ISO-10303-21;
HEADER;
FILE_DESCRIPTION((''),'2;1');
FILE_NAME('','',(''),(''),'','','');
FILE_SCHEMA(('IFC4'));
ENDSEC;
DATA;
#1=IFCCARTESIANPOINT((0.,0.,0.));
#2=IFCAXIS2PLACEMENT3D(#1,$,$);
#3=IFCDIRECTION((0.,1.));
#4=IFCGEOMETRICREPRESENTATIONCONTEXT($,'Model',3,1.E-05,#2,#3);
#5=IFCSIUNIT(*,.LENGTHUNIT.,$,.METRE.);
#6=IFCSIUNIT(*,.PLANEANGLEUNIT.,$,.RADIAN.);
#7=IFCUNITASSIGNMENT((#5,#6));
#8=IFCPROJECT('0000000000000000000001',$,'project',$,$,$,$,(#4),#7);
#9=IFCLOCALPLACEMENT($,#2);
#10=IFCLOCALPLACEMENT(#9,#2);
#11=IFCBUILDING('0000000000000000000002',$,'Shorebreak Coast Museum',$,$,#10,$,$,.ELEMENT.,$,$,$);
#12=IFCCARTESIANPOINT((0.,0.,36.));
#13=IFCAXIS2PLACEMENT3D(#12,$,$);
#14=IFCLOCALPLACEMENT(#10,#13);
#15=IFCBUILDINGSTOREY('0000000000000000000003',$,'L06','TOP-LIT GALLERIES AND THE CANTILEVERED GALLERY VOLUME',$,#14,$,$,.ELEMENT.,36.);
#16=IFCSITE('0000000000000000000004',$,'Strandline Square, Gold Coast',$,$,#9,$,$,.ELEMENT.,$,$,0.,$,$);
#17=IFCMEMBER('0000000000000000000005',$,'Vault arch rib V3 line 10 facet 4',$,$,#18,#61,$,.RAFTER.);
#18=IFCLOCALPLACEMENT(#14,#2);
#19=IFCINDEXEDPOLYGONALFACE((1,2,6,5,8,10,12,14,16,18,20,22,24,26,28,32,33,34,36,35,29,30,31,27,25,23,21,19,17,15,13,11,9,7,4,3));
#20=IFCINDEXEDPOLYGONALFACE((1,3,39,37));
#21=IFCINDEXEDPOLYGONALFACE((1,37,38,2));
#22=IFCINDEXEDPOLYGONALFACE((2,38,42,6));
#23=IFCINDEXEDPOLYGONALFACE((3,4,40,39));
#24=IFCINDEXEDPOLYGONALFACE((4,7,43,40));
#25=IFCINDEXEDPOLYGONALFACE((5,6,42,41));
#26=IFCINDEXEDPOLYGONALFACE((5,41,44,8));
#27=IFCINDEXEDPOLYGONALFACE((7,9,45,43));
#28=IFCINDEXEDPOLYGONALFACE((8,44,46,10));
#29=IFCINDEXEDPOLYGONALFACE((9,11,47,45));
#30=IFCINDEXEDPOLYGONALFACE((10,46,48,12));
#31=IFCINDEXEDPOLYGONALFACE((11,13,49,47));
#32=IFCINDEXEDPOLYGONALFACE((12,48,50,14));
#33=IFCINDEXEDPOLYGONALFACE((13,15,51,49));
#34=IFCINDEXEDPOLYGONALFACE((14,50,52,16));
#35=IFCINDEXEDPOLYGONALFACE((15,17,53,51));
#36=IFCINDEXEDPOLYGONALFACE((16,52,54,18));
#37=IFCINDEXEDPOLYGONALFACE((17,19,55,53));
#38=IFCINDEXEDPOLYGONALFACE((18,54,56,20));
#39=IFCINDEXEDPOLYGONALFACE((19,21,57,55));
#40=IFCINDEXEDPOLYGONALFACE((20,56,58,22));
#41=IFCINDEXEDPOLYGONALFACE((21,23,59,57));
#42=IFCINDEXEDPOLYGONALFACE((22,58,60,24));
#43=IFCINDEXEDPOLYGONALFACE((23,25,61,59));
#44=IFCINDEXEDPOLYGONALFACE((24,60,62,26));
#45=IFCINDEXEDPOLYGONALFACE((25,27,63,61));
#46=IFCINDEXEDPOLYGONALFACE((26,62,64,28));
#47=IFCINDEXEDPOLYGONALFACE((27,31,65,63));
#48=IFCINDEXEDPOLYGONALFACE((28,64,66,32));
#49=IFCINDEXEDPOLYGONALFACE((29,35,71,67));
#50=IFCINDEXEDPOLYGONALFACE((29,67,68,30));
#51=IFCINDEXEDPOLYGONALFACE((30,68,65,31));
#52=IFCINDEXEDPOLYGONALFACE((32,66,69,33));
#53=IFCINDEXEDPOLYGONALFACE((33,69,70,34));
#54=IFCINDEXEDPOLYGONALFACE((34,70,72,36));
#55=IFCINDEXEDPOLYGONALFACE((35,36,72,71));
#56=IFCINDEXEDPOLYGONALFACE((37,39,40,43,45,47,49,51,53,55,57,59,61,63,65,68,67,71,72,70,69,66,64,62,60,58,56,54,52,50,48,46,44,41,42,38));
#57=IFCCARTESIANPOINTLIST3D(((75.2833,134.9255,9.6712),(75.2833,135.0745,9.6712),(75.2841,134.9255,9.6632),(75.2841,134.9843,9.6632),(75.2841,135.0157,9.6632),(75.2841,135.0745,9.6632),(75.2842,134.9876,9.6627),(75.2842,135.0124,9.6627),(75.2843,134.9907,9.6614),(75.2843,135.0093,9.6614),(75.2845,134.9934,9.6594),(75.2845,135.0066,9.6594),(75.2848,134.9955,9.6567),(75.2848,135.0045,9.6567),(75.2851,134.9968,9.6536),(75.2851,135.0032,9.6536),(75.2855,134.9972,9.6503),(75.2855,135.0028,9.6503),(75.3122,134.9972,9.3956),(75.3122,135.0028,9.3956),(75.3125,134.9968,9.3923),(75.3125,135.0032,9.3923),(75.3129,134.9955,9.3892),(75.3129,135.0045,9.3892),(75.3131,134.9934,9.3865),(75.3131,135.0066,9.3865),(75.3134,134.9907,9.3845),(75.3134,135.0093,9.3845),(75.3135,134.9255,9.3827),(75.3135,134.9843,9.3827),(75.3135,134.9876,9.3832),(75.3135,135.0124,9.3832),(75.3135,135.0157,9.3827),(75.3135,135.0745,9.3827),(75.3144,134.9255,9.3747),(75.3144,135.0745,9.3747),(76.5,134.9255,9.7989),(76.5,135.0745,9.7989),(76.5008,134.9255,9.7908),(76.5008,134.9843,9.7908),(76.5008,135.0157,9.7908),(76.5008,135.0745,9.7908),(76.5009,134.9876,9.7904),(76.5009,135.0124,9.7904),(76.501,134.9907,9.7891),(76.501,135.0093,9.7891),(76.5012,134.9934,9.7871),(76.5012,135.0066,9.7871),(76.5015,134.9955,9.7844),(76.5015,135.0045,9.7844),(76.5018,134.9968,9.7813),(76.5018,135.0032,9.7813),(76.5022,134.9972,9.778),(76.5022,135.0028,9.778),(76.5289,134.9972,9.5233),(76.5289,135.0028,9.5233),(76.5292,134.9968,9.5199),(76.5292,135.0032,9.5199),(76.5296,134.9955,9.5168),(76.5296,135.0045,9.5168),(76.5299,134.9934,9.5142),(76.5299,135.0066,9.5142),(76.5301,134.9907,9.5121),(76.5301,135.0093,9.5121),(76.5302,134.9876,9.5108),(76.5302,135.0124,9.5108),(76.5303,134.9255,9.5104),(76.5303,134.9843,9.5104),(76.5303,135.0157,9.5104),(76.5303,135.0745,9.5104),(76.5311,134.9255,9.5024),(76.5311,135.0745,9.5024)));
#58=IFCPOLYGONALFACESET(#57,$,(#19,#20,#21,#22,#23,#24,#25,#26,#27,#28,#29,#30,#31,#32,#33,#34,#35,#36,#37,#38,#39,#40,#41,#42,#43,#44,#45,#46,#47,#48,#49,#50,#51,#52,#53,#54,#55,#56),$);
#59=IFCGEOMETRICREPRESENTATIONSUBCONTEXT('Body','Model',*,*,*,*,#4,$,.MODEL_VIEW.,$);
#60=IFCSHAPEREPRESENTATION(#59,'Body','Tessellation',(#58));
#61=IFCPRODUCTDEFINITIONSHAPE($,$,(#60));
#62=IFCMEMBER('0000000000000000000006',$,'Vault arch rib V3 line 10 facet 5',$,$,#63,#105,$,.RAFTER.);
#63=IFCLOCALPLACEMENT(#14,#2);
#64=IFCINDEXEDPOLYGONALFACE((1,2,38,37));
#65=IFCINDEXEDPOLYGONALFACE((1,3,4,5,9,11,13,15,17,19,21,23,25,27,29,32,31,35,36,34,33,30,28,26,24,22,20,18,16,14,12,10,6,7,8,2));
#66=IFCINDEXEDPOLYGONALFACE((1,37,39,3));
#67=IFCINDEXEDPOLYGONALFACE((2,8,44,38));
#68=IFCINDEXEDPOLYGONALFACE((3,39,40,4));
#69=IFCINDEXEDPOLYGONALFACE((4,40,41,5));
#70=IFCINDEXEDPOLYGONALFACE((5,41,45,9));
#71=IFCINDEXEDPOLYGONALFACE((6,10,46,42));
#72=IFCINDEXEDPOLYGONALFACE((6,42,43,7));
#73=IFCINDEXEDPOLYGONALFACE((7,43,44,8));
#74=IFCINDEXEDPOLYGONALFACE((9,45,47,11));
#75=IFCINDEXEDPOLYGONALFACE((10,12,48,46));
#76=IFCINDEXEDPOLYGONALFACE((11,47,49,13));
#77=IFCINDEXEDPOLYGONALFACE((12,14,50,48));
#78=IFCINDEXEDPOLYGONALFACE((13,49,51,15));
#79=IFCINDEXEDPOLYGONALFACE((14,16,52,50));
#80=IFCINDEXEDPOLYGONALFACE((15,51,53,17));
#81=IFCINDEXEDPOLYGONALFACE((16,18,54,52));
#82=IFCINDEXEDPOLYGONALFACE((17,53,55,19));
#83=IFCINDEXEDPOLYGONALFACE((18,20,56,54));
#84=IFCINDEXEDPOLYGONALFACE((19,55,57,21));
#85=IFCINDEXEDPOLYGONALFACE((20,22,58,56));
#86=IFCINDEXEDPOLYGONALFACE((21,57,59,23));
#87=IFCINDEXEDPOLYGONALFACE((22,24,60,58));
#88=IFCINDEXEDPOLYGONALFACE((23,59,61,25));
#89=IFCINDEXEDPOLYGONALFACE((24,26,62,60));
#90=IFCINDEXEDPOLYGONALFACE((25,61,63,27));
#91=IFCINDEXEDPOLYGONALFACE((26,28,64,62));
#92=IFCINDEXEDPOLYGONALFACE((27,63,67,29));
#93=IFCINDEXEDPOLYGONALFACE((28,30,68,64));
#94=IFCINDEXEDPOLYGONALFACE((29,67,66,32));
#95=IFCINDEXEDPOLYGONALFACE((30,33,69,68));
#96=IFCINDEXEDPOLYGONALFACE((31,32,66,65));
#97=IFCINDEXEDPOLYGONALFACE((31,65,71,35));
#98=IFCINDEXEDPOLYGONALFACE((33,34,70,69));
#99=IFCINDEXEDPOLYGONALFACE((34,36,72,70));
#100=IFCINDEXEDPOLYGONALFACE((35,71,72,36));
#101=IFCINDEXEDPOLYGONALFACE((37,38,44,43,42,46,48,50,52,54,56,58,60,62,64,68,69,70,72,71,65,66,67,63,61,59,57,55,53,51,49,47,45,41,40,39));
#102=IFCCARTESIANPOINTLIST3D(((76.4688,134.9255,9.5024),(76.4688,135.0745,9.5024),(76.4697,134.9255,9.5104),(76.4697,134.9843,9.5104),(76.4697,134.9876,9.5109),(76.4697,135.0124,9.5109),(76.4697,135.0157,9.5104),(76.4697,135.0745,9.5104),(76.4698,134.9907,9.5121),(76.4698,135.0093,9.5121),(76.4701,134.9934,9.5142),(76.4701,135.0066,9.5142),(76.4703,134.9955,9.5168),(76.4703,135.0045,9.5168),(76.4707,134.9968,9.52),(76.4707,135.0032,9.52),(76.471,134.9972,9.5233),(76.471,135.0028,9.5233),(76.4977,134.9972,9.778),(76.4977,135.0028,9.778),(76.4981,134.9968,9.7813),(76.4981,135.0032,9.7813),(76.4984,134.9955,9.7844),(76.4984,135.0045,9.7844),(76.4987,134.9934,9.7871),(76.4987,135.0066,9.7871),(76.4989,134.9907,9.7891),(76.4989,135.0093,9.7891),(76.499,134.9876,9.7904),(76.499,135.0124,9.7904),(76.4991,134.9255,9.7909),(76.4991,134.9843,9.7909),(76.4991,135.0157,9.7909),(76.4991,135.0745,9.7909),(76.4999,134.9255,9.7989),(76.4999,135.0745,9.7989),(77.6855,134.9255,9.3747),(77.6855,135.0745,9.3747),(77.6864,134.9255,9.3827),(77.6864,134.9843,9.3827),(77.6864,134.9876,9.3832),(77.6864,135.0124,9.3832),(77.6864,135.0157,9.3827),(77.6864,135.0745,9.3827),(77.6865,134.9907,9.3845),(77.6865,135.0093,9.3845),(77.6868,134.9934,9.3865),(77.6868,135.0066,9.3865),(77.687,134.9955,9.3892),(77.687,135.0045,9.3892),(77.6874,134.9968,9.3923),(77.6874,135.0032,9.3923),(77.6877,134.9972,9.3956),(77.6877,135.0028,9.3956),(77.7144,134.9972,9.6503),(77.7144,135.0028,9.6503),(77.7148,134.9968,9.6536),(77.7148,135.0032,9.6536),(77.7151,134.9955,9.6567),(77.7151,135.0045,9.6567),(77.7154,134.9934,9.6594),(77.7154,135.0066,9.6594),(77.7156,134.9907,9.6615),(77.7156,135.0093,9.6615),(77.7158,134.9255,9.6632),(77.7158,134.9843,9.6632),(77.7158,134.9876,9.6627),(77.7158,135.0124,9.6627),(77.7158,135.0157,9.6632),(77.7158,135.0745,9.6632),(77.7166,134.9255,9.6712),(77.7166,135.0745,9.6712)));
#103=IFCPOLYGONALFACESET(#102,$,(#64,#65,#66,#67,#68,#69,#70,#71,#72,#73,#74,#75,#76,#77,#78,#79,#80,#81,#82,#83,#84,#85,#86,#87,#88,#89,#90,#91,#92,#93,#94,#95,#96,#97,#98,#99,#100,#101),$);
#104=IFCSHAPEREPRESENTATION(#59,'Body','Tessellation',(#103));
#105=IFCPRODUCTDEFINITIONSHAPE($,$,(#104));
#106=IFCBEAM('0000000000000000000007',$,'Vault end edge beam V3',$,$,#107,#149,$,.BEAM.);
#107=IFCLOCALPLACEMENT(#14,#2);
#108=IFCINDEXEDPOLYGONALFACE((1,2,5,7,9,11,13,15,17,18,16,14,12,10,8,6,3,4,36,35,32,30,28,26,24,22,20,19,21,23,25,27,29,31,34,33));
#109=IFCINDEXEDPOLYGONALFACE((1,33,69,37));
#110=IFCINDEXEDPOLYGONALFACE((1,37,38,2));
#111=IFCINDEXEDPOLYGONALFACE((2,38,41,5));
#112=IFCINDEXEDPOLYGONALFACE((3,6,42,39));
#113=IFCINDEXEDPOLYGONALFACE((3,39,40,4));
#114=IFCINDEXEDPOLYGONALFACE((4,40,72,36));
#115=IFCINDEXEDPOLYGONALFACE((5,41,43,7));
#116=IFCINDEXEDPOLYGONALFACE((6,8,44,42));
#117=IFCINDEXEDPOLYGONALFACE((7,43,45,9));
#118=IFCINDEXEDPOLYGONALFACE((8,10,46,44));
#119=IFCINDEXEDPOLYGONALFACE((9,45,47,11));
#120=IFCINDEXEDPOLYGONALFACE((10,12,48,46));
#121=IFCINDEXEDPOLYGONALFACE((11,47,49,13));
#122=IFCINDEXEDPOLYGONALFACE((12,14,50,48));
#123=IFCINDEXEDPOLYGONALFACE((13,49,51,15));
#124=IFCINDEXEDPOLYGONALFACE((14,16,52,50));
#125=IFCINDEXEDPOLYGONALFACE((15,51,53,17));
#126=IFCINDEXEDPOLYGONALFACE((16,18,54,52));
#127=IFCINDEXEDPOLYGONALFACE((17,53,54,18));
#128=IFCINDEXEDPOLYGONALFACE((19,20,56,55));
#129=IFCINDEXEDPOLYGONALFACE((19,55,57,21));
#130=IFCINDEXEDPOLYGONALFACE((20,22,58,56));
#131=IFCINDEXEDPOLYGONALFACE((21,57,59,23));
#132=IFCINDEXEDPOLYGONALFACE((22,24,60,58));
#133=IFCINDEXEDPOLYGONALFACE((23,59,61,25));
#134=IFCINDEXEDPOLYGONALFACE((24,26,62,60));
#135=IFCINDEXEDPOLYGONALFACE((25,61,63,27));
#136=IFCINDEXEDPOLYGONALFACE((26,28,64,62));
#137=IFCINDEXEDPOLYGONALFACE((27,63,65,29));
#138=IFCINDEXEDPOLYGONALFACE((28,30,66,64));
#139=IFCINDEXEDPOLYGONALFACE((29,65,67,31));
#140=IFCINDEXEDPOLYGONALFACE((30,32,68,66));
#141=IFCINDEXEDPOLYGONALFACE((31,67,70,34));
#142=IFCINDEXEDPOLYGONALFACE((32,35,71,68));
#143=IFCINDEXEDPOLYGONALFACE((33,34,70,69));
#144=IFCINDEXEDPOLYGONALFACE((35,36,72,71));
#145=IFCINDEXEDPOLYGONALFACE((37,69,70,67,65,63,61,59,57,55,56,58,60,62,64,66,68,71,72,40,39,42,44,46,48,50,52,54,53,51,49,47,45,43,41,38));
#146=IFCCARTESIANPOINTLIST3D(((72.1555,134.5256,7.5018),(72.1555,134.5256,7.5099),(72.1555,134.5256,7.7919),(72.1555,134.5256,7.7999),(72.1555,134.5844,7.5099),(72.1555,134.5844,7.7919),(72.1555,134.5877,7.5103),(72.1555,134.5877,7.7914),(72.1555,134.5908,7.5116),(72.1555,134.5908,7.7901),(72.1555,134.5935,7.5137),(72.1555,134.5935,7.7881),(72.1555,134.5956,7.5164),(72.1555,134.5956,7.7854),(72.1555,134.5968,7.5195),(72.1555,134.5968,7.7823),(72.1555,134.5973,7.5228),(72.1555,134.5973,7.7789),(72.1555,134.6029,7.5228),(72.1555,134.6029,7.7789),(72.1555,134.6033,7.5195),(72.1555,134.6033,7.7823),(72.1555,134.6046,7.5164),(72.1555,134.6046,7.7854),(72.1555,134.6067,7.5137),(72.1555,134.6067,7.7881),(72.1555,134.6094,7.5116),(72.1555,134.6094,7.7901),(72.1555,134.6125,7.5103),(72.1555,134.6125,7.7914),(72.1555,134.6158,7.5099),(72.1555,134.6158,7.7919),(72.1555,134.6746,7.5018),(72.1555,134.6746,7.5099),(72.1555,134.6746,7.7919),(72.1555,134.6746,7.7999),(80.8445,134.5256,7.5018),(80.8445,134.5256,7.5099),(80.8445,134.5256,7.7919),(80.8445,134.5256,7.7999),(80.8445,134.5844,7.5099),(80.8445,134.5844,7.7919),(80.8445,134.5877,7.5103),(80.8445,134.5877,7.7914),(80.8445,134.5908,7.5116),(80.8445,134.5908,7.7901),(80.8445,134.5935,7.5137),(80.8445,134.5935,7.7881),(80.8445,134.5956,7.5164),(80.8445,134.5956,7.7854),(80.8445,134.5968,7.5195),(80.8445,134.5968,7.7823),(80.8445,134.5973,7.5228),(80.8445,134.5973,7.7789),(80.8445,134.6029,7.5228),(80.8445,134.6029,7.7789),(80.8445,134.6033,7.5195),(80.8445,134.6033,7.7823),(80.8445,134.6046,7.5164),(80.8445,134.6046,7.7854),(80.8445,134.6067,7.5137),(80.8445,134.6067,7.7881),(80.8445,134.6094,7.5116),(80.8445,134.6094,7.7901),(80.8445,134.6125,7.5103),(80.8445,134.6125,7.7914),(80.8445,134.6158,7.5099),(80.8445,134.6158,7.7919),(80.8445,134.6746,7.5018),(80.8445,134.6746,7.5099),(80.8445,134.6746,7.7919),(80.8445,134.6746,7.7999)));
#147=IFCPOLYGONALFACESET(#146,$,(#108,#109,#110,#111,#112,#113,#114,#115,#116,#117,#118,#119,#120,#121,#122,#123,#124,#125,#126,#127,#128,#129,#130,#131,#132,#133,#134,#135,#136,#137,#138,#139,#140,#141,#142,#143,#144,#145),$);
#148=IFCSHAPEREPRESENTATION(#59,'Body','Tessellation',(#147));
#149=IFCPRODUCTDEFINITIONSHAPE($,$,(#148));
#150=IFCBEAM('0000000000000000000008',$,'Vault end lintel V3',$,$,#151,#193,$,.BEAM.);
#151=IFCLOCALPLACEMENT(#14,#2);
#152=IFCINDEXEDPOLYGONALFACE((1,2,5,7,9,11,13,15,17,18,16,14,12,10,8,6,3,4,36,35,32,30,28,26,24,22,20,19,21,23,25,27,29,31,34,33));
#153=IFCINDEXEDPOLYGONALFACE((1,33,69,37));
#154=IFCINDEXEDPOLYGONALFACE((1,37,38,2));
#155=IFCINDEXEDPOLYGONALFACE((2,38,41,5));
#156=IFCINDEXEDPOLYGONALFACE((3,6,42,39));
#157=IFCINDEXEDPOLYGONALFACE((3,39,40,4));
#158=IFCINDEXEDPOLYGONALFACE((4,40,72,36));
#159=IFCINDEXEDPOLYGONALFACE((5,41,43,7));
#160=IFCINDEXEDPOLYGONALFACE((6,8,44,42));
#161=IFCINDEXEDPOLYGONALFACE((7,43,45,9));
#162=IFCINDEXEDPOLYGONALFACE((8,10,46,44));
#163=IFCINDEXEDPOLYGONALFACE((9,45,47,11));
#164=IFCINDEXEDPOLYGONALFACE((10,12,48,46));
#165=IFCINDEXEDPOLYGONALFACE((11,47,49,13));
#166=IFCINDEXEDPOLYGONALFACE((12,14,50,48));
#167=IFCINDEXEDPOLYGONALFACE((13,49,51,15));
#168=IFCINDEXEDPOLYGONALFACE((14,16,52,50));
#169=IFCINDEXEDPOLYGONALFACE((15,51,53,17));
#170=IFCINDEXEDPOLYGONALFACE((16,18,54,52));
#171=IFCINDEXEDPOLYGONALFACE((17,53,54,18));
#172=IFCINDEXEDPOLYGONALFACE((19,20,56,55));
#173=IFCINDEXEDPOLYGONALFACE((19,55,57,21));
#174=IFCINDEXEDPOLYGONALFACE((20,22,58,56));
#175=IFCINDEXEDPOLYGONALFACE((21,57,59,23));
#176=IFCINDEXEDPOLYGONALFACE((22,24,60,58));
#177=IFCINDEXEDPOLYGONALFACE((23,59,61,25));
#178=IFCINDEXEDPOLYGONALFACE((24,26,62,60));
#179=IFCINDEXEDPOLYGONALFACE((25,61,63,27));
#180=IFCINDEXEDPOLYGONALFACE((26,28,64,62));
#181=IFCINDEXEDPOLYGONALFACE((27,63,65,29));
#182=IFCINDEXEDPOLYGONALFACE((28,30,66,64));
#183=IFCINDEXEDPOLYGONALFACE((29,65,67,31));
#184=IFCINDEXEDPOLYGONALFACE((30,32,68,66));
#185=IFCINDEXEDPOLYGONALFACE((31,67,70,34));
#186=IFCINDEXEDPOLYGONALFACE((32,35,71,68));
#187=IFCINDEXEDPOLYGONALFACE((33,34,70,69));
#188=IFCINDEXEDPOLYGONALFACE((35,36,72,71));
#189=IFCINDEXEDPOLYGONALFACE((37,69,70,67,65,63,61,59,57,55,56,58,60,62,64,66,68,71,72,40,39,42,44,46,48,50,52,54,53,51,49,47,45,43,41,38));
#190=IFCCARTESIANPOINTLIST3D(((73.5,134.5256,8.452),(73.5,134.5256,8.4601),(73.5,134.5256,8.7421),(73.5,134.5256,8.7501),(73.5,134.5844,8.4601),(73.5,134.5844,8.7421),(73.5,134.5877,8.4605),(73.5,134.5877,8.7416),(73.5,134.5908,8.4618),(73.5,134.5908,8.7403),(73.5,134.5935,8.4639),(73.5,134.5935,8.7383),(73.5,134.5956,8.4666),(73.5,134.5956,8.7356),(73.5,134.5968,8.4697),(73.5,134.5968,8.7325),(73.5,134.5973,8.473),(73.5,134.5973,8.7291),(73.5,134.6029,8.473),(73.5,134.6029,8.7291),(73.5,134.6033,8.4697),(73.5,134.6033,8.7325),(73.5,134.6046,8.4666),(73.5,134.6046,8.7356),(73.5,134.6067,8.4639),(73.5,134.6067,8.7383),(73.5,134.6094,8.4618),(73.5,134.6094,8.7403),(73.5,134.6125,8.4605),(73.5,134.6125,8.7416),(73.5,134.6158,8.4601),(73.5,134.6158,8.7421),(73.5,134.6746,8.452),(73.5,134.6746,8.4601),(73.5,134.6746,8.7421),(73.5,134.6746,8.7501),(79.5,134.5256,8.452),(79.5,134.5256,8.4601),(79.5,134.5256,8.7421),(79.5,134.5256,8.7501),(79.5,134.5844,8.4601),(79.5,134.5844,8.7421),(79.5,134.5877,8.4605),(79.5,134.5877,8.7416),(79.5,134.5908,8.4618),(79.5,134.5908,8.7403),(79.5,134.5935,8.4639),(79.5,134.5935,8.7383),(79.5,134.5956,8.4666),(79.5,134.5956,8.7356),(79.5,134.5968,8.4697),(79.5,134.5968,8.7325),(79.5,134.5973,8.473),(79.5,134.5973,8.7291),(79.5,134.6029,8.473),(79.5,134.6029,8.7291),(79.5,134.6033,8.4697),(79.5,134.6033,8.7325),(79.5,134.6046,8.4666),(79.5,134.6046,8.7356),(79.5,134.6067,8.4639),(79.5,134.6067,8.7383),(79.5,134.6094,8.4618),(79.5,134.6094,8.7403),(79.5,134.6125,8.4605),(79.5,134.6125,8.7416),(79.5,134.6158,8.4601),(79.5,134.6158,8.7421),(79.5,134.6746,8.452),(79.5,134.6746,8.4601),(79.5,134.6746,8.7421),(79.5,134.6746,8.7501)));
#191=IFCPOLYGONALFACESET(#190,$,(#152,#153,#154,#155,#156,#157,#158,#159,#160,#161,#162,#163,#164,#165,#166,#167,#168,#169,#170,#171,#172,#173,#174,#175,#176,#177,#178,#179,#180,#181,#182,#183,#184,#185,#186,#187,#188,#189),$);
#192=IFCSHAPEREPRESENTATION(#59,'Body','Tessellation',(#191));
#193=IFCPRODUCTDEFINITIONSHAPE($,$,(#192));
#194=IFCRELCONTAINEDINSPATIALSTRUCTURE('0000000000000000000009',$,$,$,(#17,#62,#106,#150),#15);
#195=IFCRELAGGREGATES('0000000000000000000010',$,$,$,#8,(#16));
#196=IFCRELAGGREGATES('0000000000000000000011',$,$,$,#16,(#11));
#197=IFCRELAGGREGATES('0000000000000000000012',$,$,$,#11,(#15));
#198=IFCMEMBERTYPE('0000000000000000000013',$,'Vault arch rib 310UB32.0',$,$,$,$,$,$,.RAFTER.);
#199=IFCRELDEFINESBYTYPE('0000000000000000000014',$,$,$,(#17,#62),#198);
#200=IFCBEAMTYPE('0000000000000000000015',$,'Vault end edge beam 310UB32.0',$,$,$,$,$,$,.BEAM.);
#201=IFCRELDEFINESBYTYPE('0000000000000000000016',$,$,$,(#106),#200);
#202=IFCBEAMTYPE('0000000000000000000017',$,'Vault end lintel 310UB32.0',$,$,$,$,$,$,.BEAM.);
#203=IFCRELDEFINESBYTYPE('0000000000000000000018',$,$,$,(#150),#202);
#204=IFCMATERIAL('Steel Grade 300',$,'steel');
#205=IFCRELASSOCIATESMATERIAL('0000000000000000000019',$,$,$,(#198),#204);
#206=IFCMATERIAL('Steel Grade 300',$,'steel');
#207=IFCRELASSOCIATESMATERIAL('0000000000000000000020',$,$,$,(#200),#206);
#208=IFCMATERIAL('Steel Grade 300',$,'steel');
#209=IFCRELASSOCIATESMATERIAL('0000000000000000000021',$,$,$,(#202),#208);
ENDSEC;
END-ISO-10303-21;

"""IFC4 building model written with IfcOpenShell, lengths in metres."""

from ifc_helpers import new_model, si_unit, direction, frame, origin, origin_2d, place, context, subcontext, project, spatial, i_section, extrude, material, material_profile, profile_set, type_object, element, save


model = new_model("IFC4")

# Units and contexts
model_context = context("Model", 3, precision=1e-05, world=origin(), true_north=direction((0.0, 1.0)))
body_context = subcontext(model_context, "Body", "Model", "MODEL_VIEW")
ifc_project = project(units=[si_unit("LENGTHUNIT", "METRE"), si_unit("PLANEANGLEUNIT", "RADIAN")], contexts=[model_context])

# Site, building, storey
site_placement = place(None, origin())
site = spatial("IfcSite", under=ifc_project, at=site_placement, Name="Strandline Square, Gold Coast", CompositionType="ELEMENT", RefElevation=0.0)
building_placement = place(site_placement, origin())
building = spatial("IfcBuilding", under=site, at=building_placement, Name="Shorebreak Coast Museum", CompositionType="ELEMENT")
storey_placement = place(building_placement, frame((0.0, 0.0, 36.0)))
storey = spatial("IfcBuildingStorey", under=building, at=storey_placement, Name="L06", Description="TOP-LIT GALLERIES AND THE CANTILEVERED GALLERY VOLUME", CompositionType="ELEMENT", Elevation=36.0)

# Members
ifc_material_1 = material(Name="Steel Grade 300", Category="steel")
ifc_material_profile_1 = material_profile(ifc_material_1, i_section(OverallWidth=0.1489, OverallDepth=0.2981, WebThickness=0.0056, FlangeThickness=0.0081, FilletRadius=0.0129, at=origin_2d()), Name="310UB32.0")
ifc_profile_set_1 = profile_set([ifc_material_profile_1], Name="Steel Grade 300")
member_type_1 = type_object("IfcMemberType", Name="Vault arch rib 310UB32.0", PredefinedType="RAFTER", material=ifc_profile_set_1)
for number, where, z_axis, x_axis, name in (
    (1, (75.2988, 135.0, 9.5229), (0.994539, 0.0, 0.104363), (0.0, 1.0, 0.0), "Vault arch rib V3 line 10 facet 4"),
    (2, (76.4844, 135.0, 9.6506), (0.994539, 0.0, -0.104363), (0.0, 1.0, 0.0), "Vault arch rib V3 line 10 facet 5"),
):
    element("IfcMember", number, at=place(storey_placement, frame(where, z_axis=z_axis, x_axis=x_axis)), inside=storey, type_object=member_type_1, Name=name, PredefinedType="RAFTER", context=body_context, shape_type="SweptSolid", body=[
        extrude(i_section(OverallWidth=0.1489, OverallDepth=0.2981, WebThickness=0.0056, FlangeThickness=0.0081, FilletRadius=0.0129, at=origin_2d()), origin(), (0.0, 0.0, 1.0), 1.2234),
    ])

# Beams
ifc_material_2 = material(Name="Steel Grade 300", Category="steel")
ifc_material_profile_2 = material_profile(ifc_material_2, i_section(OverallWidth=0.1489, OverallDepth=0.2981, WebThickness=0.0056, FlangeThickness=0.0081, FilletRadius=0.0129, at=origin_2d()), Name="310UB32.0")
ifc_profile_set_2 = profile_set([ifc_material_profile_2], Name="Steel Grade 300")
beam_type_1 = type_object("IfcBeamType", Name="Vault end edge beam 310UB32.0", PredefinedType="BEAM", material=ifc_profile_set_2)
beam_1_placement = place(storey_placement, frame((72.1555, 134.6001, 7.6509), z_axis=(1.0, 0.0, 0.0), x_axis=(0.0, 1.0, 0.0)))
element("IfcBeam", 3, at=beam_1_placement, inside=storey, type_object=beam_type_1, Name="Vault end edge beam V3", PredefinedType="BEAM", context=body_context, shape_type="SweptSolid", body=[
    extrude(i_section(OverallWidth=0.1489, OverallDepth=0.2981, WebThickness=0.0056, FlangeThickness=0.0081, FilletRadius=0.0129, at=origin_2d()), origin(), (0.0, 0.0, 1.0), 8.689),
])
ifc_material_3 = material(Name="Steel Grade 300", Category="steel")
ifc_material_profile_3 = material_profile(ifc_material_3, i_section(OverallWidth=0.1489, OverallDepth=0.2981, WebThickness=0.0056, FlangeThickness=0.0081, FilletRadius=0.0129, at=origin_2d()), Name="310UB32.0")
ifc_profile_set_3 = profile_set([ifc_material_profile_3], Name="Steel Grade 300")
beam_type_2 = type_object("IfcBeamType", Name="Vault end lintel 310UB32.0", PredefinedType="BEAM", material=ifc_profile_set_3)
beam_2_placement = place(storey_placement, frame((73.5, 134.6001, 8.6011), z_axis=(1.0, 0.0, 0.0), x_axis=(0.0, 1.0, 0.0)))
element("IfcBeam", 4, at=beam_2_placement, inside=storey, type_object=beam_type_2, Name="Vault end lintel V3", PredefinedType="BEAM", context=body_context, shape_type="SweptSolid", body=[
    extrude(i_section(OverallWidth=0.1489, OverallDepth=0.2981, WebThickness=0.0056, FlangeThickness=0.0081, FilletRadius=0.0129, at=origin_2d()), origin(), (0.0, 0.0, 1.0), 6.0),
])

save(model, "model.ifc")
